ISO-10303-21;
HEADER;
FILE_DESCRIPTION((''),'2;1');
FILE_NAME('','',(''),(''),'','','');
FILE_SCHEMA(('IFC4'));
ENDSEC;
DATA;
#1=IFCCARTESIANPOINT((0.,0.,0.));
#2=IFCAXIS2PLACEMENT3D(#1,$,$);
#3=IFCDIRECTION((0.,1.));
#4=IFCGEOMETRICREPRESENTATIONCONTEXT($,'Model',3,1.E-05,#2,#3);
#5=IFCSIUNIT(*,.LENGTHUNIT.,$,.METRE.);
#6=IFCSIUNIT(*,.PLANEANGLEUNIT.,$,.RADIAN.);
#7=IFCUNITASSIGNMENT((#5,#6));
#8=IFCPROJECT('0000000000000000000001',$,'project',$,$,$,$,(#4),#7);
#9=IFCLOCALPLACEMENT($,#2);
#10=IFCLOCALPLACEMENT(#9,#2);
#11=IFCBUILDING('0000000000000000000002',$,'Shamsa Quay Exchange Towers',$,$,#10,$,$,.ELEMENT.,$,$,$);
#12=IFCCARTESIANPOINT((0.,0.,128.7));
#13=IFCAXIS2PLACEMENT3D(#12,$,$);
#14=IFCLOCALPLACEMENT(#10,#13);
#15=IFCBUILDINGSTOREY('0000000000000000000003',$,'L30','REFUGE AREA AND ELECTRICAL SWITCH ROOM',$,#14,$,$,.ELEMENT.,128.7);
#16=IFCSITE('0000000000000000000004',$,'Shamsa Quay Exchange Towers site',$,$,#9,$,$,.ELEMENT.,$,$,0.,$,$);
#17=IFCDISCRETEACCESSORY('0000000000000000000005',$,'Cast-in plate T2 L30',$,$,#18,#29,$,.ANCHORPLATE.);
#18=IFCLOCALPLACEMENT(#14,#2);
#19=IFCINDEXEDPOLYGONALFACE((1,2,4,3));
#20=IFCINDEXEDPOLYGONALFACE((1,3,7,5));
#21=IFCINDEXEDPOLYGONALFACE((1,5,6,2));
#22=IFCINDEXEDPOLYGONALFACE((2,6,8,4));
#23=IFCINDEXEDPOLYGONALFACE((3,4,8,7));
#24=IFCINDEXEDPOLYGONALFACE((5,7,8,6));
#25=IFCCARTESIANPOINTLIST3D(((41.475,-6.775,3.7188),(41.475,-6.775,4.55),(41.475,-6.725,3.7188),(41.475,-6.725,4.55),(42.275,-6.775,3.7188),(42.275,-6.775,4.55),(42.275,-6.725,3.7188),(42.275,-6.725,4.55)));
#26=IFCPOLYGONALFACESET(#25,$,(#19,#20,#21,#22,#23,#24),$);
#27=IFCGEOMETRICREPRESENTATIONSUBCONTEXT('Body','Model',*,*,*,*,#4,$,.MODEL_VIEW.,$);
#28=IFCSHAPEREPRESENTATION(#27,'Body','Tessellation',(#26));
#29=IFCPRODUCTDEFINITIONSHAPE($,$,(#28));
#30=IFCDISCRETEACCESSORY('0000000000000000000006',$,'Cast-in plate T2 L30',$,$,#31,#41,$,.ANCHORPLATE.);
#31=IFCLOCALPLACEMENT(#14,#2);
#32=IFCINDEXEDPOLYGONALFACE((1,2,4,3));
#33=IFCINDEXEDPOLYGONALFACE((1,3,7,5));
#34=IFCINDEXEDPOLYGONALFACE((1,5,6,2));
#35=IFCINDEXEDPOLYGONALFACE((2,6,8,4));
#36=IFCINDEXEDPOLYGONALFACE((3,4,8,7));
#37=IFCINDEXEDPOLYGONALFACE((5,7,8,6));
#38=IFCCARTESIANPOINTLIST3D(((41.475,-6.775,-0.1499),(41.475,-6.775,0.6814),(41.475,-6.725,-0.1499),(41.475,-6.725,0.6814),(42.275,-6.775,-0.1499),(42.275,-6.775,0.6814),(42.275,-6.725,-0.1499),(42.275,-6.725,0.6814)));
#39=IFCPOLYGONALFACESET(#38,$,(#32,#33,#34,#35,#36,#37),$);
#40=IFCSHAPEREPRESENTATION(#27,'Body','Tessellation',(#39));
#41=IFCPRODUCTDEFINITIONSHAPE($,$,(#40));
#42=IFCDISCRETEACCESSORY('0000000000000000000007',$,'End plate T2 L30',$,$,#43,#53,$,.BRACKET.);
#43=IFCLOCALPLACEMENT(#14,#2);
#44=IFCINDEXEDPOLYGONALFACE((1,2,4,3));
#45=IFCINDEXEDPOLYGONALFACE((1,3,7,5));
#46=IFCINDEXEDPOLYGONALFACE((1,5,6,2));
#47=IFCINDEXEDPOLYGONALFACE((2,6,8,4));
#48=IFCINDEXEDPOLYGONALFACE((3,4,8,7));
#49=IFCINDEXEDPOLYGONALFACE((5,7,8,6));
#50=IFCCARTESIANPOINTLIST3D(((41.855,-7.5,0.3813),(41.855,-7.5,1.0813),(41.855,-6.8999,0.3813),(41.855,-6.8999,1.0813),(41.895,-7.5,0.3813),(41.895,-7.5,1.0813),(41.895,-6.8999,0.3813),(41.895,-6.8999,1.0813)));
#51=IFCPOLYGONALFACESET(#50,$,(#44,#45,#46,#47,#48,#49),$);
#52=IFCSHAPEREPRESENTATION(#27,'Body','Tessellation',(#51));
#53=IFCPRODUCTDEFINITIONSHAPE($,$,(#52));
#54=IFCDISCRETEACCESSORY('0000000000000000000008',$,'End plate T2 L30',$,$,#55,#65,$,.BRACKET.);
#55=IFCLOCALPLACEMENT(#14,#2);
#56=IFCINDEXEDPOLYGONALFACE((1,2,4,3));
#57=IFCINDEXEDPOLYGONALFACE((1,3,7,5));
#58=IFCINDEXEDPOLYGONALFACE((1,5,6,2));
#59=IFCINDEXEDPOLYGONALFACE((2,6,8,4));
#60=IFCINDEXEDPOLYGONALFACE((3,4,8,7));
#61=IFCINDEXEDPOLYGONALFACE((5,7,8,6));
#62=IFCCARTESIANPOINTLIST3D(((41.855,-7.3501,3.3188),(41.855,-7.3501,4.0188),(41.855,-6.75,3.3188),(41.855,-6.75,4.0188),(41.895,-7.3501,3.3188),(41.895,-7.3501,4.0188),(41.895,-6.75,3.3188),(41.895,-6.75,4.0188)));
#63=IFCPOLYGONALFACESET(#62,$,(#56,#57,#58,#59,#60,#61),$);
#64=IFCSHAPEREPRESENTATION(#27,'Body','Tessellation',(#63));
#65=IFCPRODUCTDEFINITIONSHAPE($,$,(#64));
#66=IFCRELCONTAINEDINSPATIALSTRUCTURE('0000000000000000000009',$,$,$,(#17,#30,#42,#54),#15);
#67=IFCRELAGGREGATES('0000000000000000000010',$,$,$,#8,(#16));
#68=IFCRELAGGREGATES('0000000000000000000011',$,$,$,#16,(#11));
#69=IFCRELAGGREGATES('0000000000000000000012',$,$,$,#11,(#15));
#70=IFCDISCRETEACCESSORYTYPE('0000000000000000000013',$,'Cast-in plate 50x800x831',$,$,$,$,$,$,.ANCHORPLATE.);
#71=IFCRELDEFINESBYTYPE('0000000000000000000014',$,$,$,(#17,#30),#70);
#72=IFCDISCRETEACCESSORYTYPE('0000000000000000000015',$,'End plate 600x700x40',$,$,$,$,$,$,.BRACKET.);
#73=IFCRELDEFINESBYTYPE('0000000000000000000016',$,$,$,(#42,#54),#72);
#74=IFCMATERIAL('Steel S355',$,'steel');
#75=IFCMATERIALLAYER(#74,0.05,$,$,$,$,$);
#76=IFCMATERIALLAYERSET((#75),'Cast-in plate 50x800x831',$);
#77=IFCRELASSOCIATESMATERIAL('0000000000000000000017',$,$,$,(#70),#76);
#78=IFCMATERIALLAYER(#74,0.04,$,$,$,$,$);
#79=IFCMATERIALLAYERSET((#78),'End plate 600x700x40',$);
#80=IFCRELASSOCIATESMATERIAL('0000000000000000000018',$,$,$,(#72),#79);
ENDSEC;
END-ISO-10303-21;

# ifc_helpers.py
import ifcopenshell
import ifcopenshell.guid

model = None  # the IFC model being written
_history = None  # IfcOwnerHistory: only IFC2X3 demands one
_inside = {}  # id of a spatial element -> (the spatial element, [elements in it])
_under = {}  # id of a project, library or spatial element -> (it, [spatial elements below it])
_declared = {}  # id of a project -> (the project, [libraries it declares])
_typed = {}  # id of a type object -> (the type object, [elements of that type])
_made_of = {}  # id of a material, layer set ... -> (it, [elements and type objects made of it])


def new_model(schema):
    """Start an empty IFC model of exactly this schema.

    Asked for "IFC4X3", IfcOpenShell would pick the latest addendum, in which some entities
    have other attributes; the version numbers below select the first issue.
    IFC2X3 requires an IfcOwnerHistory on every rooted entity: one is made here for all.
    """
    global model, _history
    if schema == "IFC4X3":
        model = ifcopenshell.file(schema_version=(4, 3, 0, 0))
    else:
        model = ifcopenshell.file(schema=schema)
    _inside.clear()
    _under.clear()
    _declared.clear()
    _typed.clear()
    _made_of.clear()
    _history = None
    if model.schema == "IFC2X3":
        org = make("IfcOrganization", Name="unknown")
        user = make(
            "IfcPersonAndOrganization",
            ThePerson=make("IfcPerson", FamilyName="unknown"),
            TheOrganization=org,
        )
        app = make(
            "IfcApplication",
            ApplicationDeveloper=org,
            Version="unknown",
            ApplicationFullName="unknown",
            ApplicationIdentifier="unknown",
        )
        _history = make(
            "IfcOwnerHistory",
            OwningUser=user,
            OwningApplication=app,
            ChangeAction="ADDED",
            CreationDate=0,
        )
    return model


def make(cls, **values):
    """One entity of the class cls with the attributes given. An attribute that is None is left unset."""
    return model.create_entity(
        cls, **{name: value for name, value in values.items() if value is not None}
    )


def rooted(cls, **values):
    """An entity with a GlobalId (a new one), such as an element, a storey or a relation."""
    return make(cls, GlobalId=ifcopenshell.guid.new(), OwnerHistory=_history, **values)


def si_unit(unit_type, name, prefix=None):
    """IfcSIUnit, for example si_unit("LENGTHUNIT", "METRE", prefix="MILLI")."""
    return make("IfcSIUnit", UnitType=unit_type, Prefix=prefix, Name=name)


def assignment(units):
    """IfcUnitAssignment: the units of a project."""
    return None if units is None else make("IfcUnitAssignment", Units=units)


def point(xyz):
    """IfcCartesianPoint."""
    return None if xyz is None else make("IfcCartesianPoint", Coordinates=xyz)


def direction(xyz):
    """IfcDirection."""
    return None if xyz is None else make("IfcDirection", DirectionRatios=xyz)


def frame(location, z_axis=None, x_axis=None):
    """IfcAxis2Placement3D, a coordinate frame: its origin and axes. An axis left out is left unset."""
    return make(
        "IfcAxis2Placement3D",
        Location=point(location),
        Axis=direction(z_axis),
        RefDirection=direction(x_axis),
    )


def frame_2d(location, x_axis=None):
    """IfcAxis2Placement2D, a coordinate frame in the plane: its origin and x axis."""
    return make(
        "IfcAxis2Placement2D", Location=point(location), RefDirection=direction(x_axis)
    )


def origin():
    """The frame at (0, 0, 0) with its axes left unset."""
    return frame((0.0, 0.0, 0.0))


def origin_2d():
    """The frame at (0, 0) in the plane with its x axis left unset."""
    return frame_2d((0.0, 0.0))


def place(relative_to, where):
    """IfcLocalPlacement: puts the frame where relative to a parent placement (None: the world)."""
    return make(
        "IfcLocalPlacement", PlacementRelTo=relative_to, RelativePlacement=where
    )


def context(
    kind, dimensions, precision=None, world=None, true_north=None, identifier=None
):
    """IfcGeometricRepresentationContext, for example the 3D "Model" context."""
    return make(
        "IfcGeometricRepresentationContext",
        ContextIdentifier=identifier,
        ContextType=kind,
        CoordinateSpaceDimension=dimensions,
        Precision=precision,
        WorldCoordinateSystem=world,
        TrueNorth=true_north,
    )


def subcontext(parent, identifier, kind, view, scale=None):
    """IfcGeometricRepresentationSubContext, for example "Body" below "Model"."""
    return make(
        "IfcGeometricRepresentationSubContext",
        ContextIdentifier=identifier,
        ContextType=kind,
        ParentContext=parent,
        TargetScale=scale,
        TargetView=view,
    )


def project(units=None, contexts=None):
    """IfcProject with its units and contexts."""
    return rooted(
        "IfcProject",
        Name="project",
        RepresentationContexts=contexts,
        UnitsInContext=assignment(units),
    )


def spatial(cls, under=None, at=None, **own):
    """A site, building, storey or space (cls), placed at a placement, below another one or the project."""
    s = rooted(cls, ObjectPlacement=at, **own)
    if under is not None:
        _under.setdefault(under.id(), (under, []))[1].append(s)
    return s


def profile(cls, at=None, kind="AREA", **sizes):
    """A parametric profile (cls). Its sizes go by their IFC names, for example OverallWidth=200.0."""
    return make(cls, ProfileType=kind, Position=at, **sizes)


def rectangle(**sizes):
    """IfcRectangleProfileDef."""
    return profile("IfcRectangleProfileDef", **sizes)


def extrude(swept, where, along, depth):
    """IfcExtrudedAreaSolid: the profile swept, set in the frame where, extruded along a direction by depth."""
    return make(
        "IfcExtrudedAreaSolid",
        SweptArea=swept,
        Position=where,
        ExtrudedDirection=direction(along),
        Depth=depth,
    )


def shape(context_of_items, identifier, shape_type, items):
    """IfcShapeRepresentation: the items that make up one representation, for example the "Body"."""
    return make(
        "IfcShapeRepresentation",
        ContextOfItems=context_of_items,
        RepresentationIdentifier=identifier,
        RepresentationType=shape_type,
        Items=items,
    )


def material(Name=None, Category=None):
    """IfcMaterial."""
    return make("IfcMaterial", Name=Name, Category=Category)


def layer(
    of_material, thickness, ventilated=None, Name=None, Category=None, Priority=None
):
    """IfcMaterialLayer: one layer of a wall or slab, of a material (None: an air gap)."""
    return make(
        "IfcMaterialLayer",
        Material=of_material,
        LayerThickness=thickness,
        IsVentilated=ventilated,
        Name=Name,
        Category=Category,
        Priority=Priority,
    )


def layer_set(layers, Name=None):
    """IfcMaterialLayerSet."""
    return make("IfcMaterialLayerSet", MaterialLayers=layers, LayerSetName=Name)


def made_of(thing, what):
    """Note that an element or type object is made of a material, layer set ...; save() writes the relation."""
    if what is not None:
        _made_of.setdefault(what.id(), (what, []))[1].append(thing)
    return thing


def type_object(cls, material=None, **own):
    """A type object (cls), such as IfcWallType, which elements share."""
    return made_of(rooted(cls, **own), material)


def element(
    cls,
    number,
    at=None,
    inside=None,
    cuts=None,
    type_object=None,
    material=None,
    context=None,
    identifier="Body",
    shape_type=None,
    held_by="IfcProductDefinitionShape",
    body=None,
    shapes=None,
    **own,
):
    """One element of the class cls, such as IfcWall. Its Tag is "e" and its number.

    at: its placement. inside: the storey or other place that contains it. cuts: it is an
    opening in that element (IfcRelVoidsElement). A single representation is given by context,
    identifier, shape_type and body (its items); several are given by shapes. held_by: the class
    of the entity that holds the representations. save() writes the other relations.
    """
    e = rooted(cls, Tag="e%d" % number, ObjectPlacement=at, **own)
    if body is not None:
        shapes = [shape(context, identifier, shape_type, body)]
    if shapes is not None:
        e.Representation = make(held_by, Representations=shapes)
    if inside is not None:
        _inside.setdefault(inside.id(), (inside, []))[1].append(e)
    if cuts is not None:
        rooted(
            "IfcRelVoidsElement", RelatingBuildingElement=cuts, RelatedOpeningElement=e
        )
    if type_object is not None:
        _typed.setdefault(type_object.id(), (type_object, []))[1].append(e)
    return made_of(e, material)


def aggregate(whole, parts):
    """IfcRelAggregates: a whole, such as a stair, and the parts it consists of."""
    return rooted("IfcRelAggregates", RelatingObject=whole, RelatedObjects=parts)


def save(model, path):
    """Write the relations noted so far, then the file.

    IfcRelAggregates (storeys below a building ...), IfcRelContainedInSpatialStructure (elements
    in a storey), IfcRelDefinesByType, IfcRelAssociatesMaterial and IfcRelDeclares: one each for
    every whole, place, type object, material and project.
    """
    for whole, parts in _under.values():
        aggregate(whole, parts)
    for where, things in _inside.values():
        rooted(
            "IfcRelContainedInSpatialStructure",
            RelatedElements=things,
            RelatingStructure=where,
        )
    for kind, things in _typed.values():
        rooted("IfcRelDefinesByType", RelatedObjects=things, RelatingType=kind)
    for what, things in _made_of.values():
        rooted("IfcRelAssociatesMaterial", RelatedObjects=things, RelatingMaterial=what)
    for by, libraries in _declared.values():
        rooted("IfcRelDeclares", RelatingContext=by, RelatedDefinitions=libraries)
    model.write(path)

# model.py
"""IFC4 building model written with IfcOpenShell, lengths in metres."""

from ifc_helpers import new_model, si_unit, direction, frame, origin, origin_2d, place, context, subcontext, project, spatial, rectangle, extrude, material, layer, layer_set, type_object, element, save


model = new_model("IFC4")

# Units and contexts
model_context = context("Model", 3, precision=1e-05, world=origin(), true_north=direction((0.0, 1.0)))
body_context = subcontext(model_context, "Body", "Model", "MODEL_VIEW")
ifc_project = project(units=[si_unit("LENGTHUNIT", "METRE"), si_unit("PLANEANGLEUNIT", "RADIAN")], contexts=[model_context])

# Site, building, storey
site_placement = place(None, origin())
site = spatial("IfcSite", under=ifc_project, at=site_placement, Name="Shamsa Quay Exchange Towers site", CompositionType="ELEMENT", RefElevation=0.0)
building_placement = place(site_placement, origin())
building = spatial("IfcBuilding", under=site, at=building_placement, Name="Shamsa Quay Exchange Towers", CompositionType="ELEMENT")
storey_placement = place(building_placement, frame((0.0, 0.0, 128.7)))
storey = spatial("IfcBuildingStorey", under=building, at=storey_placement, Name="L30", Description="REFUGE AREA AND ELECTRICAL SWITCH ROOM", CompositionType="ELEMENT", Elevation=128.7)

# Discrete accessories
ifc_material_1 = material(Name="Steel S355", Category="steel")
ifc_layer_1 = layer(ifc_material_1, 0.05)
ifc_layer_set_1 = layer_set([ifc_layer_1], Name="Cast-in plate 50x800x831")
discrete_accessory_type_1 = type_object("IfcDiscreteAccessoryType", Name="Cast-in plate 50x800x831", PredefinedType="ANCHORPLATE", material=ifc_layer_set_1)
for number, where, z_axis, x_axis, name in (
    (1, (41.875, -6.75, 3.7188), (0.0, 0.0, 1.0), (0.0, 1.0, 0.0), "Cast-in plate T2 L30"),
    (2, (41.875, -6.75, -0.1499), (0.0, 0.0, 1.0), (0.0, 1.0, 0.0), "Cast-in plate T2 L30"),
):
    element("IfcDiscreteAccessory", number, at=place(storey_placement, frame(where, z_axis=z_axis, x_axis=x_axis)), inside=storey, type_object=discrete_accessory_type_1, Name=name, PredefinedType="ANCHORPLATE", context=body_context, shape_type="SweptSolid", body=[
        extrude(rectangle(XDim=0.05, YDim=0.8, at=origin_2d()), origin(), (0.0, 0.0, 1.0), 0.8313),
    ])
ifc_layer_2 = layer(ifc_material_1, 0.04)
ifc_layer_set_2 = layer_set([ifc_layer_2], Name="End plate 600x700x40")
discrete_accessory_type_2 = type_object("IfcDiscreteAccessoryType", Name="End plate 600x700x40", PredefinedType="BRACKET", material=ifc_layer_set_2)
for number, where, z_axis, x_axis, name in (
    (3, (41.875, -7.2, 0.3813), (0.0, 0.0, 1.0), (0.0, 1.0, 0.0), "End plate T2 L30"),
    (4, (41.875, -7.05, 3.3188), (0.0, 0.0, 1.0), (0.0, 1.0, 0.0), "End plate T2 L30"),
):
    element("IfcDiscreteAccessory", number, at=place(storey_placement, frame(where, z_axis=z_axis, x_axis=x_axis)), inside=storey, type_object=discrete_accessory_type_2, Name=name, PredefinedType="BRACKET", context=body_context, shape_type="SweptSolid", body=[
        extrude(rectangle(XDim=0.6001, YDim=0.04, at=origin_2d()), origin(), (0.0, 0.0, 1.0), 0.7),
    ])

save(model, "model.ifc")
